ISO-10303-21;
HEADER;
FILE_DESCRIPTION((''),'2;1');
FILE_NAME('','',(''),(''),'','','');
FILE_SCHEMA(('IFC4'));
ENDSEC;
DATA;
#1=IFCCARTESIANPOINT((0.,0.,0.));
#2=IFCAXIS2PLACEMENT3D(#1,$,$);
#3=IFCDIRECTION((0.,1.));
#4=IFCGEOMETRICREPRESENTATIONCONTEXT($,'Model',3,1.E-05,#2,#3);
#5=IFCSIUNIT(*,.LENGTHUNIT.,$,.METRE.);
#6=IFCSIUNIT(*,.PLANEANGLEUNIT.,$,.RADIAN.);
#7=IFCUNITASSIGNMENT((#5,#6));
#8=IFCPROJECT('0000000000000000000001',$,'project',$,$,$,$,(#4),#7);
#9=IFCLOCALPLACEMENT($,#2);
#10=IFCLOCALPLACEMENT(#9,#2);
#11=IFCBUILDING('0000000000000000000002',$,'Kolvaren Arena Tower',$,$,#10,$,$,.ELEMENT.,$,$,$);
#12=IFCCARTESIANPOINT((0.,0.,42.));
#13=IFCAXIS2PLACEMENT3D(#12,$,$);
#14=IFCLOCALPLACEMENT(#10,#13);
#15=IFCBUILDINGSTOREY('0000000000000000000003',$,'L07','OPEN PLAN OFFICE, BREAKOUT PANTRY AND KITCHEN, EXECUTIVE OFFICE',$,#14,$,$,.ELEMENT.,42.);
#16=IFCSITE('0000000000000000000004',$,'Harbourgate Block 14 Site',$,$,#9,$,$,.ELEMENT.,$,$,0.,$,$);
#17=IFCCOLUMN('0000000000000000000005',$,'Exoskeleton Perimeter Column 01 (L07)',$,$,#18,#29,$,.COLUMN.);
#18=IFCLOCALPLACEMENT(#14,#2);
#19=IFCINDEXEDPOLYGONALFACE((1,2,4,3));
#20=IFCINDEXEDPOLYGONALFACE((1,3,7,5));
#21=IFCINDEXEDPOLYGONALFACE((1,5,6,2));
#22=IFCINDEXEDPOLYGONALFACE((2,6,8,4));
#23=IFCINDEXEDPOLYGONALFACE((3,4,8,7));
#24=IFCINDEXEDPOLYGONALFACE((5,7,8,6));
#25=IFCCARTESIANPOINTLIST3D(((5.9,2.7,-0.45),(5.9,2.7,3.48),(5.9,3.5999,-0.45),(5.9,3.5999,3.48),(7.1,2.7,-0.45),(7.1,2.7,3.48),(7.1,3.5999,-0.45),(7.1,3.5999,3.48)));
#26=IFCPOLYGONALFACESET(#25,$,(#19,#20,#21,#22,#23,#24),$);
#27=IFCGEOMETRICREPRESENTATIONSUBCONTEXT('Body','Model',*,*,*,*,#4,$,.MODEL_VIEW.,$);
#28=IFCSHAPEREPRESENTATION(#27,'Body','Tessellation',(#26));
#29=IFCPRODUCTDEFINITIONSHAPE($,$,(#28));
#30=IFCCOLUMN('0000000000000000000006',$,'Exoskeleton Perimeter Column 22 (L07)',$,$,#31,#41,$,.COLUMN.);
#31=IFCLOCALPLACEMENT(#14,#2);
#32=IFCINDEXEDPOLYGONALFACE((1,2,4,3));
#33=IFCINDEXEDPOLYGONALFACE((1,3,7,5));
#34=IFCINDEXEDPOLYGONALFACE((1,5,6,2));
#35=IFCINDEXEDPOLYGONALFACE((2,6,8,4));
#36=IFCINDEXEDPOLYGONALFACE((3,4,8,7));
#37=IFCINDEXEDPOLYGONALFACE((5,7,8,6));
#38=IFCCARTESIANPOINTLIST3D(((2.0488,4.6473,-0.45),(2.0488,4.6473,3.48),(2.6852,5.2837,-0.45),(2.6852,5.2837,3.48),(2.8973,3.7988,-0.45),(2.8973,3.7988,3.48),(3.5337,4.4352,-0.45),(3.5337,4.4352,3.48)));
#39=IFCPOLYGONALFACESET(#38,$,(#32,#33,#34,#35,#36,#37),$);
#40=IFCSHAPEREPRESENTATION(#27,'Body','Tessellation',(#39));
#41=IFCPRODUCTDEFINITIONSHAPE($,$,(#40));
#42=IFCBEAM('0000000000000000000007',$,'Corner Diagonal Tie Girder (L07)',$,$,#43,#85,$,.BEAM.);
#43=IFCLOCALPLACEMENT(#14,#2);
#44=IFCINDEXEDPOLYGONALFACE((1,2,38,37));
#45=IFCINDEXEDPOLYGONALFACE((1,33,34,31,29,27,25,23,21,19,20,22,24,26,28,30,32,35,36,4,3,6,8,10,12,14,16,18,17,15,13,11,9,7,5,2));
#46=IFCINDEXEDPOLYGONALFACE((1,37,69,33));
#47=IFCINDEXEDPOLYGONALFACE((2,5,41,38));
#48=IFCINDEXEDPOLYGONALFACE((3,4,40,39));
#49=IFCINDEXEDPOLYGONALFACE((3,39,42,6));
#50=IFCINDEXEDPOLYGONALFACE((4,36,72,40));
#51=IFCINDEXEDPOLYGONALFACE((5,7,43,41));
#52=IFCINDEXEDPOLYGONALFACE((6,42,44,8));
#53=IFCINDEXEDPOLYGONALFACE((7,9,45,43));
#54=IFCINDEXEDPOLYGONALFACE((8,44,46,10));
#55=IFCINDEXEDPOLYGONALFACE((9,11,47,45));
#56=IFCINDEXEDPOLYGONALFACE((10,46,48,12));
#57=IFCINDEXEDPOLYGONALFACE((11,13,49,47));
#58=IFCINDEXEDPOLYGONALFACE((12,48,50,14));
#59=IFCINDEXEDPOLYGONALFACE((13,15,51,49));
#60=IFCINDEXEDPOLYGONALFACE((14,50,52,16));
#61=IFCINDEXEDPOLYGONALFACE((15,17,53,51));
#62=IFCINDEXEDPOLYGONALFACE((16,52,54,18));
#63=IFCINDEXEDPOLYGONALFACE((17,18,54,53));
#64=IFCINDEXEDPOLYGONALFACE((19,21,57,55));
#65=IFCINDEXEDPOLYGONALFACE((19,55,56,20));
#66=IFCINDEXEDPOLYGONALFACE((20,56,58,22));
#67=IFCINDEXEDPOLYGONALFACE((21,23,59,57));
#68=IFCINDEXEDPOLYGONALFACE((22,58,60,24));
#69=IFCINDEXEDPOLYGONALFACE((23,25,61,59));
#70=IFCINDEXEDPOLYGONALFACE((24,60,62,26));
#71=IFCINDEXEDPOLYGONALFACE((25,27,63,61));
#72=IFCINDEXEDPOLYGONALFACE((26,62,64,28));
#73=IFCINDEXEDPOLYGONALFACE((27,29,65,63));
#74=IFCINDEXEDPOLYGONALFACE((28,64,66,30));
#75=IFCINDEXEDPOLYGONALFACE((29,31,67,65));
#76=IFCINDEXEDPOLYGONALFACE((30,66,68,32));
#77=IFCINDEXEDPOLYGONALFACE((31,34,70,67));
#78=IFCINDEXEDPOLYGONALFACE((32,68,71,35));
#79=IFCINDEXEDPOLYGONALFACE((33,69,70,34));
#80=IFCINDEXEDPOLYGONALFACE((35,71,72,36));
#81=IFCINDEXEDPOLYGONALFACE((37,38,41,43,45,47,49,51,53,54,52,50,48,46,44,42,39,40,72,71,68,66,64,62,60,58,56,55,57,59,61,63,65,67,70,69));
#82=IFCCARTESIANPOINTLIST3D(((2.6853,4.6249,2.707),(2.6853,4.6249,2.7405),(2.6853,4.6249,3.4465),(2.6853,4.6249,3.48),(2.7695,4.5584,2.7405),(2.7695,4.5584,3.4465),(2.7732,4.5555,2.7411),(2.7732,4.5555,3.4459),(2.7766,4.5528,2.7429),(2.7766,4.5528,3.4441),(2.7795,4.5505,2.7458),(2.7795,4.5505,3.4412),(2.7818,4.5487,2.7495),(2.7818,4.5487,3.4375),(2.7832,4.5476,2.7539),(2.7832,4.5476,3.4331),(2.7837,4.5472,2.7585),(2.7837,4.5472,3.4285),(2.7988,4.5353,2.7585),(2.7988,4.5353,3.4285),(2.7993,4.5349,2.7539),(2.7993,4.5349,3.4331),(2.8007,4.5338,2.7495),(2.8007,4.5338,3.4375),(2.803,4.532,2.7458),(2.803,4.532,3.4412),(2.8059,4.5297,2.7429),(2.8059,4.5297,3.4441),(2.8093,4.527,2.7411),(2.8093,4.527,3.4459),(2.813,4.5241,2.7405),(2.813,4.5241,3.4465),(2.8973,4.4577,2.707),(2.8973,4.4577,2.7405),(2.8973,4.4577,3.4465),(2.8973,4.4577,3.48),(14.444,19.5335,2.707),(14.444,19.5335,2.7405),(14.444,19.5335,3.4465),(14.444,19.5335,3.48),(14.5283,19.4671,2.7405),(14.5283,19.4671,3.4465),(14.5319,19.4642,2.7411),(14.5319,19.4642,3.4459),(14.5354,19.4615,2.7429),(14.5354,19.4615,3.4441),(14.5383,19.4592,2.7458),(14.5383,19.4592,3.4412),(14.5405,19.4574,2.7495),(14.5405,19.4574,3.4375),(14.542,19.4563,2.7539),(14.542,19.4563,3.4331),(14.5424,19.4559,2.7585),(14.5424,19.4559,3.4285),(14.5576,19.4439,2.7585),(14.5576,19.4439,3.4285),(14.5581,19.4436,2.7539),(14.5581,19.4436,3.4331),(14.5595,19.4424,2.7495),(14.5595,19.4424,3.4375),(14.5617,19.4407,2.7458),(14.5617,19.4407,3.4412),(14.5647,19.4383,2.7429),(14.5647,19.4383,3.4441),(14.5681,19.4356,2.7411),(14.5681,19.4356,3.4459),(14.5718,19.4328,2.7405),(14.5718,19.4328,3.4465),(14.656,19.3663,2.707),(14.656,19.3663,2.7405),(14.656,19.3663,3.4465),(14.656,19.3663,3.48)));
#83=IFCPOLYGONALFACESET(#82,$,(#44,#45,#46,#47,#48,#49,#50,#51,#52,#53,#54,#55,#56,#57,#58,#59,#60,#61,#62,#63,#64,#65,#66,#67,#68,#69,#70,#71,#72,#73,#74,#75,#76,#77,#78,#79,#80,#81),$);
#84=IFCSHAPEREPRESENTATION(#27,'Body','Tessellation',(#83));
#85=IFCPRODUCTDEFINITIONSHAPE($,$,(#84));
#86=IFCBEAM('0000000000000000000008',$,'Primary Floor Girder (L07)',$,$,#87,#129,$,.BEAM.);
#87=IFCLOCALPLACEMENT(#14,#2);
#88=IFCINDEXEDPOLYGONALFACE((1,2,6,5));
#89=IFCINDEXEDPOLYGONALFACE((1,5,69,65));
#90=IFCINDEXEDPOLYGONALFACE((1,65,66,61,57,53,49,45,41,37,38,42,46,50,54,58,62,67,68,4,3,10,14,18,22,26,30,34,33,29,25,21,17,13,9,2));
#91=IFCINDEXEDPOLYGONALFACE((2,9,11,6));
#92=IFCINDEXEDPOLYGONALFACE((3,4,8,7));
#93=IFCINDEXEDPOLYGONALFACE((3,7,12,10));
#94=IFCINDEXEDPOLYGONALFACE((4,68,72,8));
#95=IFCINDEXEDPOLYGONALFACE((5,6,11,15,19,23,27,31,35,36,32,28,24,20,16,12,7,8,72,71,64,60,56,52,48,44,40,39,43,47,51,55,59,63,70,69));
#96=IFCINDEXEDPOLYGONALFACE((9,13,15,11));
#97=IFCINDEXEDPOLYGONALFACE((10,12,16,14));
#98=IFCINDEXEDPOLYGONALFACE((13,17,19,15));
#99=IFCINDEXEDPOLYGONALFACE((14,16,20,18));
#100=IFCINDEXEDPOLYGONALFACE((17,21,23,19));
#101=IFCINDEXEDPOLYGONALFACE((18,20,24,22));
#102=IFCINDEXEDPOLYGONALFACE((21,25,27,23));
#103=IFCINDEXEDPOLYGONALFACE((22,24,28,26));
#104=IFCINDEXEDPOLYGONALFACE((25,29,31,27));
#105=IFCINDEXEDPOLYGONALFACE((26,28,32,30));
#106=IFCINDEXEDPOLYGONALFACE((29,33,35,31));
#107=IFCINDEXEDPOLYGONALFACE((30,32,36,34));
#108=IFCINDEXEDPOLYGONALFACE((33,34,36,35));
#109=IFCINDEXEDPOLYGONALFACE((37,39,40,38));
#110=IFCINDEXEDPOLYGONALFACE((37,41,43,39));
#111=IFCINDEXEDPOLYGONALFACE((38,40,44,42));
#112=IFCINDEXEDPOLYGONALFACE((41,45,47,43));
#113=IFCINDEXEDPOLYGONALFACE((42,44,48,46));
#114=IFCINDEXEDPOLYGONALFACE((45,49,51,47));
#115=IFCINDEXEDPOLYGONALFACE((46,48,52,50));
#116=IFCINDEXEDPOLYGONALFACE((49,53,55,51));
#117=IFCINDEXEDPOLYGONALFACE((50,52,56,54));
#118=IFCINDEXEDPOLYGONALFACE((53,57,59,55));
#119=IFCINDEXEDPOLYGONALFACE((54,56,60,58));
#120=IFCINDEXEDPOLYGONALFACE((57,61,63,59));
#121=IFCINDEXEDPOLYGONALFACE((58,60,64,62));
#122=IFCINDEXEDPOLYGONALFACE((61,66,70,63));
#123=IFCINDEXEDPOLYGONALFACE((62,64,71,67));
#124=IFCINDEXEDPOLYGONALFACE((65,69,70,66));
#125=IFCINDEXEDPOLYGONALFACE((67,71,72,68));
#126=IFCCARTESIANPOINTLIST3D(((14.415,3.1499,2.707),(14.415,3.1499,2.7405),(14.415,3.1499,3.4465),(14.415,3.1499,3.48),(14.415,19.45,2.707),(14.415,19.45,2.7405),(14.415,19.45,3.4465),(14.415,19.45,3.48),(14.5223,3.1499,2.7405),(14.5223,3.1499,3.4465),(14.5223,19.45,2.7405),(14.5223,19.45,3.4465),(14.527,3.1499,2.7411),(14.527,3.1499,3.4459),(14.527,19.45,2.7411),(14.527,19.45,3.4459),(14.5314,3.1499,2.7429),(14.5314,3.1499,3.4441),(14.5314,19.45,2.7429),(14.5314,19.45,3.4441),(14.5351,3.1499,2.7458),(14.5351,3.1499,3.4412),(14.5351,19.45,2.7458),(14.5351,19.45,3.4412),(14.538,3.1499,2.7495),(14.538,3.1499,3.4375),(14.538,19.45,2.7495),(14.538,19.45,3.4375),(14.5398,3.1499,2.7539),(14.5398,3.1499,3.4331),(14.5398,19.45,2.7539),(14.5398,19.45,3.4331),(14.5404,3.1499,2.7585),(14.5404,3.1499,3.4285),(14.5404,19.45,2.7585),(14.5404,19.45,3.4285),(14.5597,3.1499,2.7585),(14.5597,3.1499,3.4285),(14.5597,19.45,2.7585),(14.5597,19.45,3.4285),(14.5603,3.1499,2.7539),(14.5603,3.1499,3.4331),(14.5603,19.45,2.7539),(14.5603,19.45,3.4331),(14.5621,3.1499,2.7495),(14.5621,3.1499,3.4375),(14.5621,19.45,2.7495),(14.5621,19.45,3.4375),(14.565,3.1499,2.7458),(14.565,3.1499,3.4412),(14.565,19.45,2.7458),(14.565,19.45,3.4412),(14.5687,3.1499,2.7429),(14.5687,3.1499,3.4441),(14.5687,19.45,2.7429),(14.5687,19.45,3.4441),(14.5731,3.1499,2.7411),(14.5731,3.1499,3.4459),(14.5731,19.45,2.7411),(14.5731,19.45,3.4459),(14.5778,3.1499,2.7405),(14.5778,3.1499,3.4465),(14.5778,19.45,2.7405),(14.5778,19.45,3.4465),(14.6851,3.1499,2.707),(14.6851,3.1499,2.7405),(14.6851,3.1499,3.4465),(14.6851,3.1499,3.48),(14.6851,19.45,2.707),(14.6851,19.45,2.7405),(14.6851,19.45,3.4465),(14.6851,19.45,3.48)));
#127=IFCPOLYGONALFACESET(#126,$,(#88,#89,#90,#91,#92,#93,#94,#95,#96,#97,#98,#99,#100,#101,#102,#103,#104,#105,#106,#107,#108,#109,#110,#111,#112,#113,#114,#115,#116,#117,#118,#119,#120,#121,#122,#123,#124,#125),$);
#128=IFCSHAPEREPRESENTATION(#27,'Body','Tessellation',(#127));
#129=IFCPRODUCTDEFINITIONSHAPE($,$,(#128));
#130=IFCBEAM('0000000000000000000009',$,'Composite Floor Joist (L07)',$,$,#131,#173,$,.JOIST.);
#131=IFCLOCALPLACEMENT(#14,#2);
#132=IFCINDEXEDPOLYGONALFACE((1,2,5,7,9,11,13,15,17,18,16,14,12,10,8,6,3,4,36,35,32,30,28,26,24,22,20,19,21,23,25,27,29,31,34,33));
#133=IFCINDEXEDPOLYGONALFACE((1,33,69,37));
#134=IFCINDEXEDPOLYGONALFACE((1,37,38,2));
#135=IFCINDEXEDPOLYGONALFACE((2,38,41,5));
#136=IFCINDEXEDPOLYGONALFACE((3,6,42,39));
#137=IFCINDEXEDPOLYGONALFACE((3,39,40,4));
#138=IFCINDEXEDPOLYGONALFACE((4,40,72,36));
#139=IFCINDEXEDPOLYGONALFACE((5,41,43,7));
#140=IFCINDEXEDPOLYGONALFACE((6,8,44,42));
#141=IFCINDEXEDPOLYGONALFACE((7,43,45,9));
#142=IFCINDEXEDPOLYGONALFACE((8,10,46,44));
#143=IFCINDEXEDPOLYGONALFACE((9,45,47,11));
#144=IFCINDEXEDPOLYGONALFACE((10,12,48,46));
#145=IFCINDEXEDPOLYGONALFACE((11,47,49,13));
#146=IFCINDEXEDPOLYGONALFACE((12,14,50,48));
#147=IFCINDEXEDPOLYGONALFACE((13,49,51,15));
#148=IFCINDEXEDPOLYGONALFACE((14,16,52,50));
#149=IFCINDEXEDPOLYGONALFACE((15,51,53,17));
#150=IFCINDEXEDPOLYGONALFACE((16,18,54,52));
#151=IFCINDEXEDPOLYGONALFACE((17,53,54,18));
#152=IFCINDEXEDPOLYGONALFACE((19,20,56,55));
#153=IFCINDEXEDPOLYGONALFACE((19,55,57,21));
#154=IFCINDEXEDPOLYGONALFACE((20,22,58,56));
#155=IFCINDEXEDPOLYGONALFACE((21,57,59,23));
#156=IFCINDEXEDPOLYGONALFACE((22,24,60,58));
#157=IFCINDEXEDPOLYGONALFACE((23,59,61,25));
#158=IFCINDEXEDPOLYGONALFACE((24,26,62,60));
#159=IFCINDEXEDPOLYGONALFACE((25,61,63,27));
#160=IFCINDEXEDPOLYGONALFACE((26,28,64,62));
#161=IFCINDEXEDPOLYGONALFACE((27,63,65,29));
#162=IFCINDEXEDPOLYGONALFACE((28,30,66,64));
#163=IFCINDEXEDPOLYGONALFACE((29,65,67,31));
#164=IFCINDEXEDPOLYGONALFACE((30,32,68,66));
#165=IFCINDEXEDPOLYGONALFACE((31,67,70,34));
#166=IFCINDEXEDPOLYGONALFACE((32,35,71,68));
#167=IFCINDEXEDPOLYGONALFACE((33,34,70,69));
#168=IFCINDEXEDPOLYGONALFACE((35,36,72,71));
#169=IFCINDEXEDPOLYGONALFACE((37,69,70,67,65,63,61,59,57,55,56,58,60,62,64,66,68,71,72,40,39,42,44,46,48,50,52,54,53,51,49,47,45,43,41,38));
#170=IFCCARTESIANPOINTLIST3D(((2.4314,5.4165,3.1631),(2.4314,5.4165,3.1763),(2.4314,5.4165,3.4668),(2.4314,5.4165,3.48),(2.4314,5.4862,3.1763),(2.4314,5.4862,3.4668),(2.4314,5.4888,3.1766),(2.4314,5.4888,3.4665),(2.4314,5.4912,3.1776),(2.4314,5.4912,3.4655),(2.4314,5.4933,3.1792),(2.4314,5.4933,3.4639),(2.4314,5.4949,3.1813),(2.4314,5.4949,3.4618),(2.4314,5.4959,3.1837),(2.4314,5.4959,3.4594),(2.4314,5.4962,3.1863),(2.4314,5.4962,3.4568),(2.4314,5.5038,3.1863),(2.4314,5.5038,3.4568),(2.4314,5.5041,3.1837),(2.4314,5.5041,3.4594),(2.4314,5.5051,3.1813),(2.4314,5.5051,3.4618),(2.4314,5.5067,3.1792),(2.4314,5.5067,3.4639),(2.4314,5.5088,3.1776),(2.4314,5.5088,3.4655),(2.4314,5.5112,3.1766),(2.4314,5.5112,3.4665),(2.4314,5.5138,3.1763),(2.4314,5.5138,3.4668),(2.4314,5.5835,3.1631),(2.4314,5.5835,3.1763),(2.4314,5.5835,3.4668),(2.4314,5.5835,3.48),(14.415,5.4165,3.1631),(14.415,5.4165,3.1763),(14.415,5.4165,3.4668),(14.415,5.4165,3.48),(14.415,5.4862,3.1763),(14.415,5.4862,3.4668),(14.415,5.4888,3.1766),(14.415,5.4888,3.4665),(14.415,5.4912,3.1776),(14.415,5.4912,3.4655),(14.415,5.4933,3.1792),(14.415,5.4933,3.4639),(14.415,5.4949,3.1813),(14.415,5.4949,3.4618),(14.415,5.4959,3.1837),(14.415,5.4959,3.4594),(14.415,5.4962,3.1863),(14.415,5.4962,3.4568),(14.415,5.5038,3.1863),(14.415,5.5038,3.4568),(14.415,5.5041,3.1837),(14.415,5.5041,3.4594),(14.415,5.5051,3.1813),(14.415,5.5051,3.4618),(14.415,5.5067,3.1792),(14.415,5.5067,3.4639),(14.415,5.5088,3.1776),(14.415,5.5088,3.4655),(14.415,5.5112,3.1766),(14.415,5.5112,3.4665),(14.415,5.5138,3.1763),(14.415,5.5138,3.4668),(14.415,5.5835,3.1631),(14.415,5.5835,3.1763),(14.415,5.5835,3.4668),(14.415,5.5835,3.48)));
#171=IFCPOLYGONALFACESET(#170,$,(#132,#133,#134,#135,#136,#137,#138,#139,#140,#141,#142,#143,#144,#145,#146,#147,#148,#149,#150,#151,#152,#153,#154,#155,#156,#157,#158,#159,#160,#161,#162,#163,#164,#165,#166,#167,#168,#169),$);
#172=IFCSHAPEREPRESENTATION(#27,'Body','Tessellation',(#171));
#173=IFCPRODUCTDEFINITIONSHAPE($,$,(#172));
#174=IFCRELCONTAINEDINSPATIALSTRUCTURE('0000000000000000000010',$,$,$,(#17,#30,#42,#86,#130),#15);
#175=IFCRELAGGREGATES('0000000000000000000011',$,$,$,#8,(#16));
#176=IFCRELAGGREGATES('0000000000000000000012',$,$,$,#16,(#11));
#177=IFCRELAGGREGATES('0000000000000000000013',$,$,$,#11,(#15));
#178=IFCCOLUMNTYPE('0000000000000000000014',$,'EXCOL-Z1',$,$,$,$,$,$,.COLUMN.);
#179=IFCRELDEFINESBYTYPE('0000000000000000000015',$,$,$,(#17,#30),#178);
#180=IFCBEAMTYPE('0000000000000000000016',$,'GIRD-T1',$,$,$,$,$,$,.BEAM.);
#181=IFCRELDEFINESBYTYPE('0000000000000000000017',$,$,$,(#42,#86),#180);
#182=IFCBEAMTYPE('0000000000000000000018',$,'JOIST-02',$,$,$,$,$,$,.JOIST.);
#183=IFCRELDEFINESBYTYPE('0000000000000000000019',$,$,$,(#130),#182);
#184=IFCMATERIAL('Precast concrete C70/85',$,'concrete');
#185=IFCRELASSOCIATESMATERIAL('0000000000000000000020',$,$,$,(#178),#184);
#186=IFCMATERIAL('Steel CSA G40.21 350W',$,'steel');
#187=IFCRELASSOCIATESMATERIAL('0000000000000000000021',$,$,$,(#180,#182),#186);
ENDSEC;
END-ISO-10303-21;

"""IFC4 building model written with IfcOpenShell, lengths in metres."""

from ifc_helpers import new_model, si_unit, direction, frame, origin, origin_2d, place, context, subcontext, project, spatial, rectangle, i_section, extrude, material, material_profile, profile_set, type_object, element, save


model = new_model("IFC4")

# Units and contexts
model_context = context("Model", 3, precision=1e-05, world=origin(), true_north=direction((0.0, 1.0)))
body_context = subcontext(model_context, "Body", "Model", "MODEL_VIEW")
ifc_project = project(units=[si_unit("LENGTHUNIT", "METRE"), si_unit("PLANEANGLEUNIT", "RADIAN")], contexts=[model_context])

# Site, building, storey
site_placement = place(None, origin())
site = spatial("IfcSite", under=ifc_project, at=site_placement, Name="Harbourgate Block 14 Site", CompositionType="ELEMENT", RefElevation=0.0)
building_placement = place(site_placement, origin())
building = spatial("IfcBuilding", under=site, at=building_placement, Name="Kolvaren Arena Tower", CompositionType="ELEMENT")
storey_placement = place(building_placement, frame((0.0, 0.0, 42.0)))
storey = spatial("IfcBuildingStorey", under=building, at=storey_placement, Name="L07", Description="OPEN PLAN OFFICE, BREAKOUT PANTRY AND KITCHEN, EXECUTIVE OFFICE", CompositionType="ELEMENT", Elevation=42.0)

# Columns
ifc_material_1 = material(Name="Precast concrete C70/85", Category="concrete")
ifc_material_profile_1 = material_profile(ifc_material_1, rectangle(XDim=1.2, YDim=0.8999, at=origin_2d()), Name="RC-1200x900")
ifc_profile_set_1 = profile_set([ifc_material_profile_1], Name="Precast concrete C70/85")
column_type = type_object("IfcColumnType", Name="EXCOL-Z1", PredefinedType="COLUMN", material=ifc_profile_set_1)
for number, where, z_axis, x_axis, name in (
    (1, (6.5, 3.1499, -0.45), (0.0, 0.0, 1.0), (1.0, 0.0, 0.0), "Exoskeleton Perimeter Column 01 (L07)"),
    (2, (2.7913, 4.5413, -0.45), (0.0, 0.0, 1.0), (-0.707107, 0.707107, 0.0), "Exoskeleton Perimeter Column 22 (L07)"),
):
    element("IfcColumn", number, at=place(storey_placement, frame(where, z_axis=z_axis, x_axis=x_axis)), inside=storey, type_object=column_type, Name=name, PredefinedType="COLUMN", context=body_context, shape_type="SweptSolid", body=[
        extrude(rectangle(XDim=1.2, YDim=0.8999, at=origin_2d()), origin(), (0.0, 0.0, 1.0), 3.9299),
    ])

# Beams
ifc_material_2 = material(Name="Steel CSA G40.21 350W", Category="steel")
ifc_material_profile_2 = material_profile(ifc_material_2, i_section(OverallWidth=0.27, OverallDepth=0.7729, WebThickness=0.0193, FlangeThickness=0.0334, FilletRadius=0.0181, at=origin_2d()), Name="W760x257")
ifc_profile_set_2 = profile_set([ifc_material_profile_2], Name="Steel CSA G40.21 350W")
beam_type_1 = type_object("IfcBeamType", Name="GIRD-T1", PredefinedType="BEAM", material=ifc_profile_set_2)
beam_1_placement = place(storey_placement, frame((2.7913, 4.5413, 3.0935), z_axis=(0.61928, 0.78517, 0.0), x_axis=(-0.78517, 0.61928, 0.0)))
element("IfcBeam", 3, at=beam_1_placement, inside=storey, type_object=beam_type_1, Name="Corner Diagonal Tie Girder (L07)", PredefinedType="BEAM", context=body_context, shape_type="SweptSolid", body=[
    extrude(i_section(OverallWidth=0.27, OverallDepth=0.7729, WebThickness=0.0193, FlangeThickness=0.0334, FilletRadius=0.0181, at=origin_2d()), origin(), (0.0, 0.0, 1.0), 18.9878),
])
beam_2_placement = place(storey_placement, frame((14.55, 3.1499, 3.0935), z_axis=(0.0, 1.0, 0.0), x_axis=(-1.0, 0.0, 0.0)))
element("IfcBeam", 4, at=beam_2_placement, inside=storey, type_object=beam_type_1, Name="Primary Floor Girder (L07)", PredefinedType="BEAM", context=body_context, shape_type="SweptSolid", body=[
    extrude(i_section(OverallWidth=0.27, OverallDepth=0.7729, WebThickness=0.0193, FlangeThickness=0.0334, FilletRadius=0.0181, at=origin_2d()), origin(), (0.0, 0.0, 1.0), 16.3),
])
ifc_material_profile_3 = material_profile(ifc_material_2, i_section(OverallWidth=0.167, OverallDepth=0.3169, WebThickness=0.0076, FlangeThickness=0.0132, FilletRadius=0.01, at=origin_2d()), Name="W310x52")
ifc_profile_set_3 = profile_set([ifc_material_profile_3], Name="Steel CSA G40.21 350W")
beam_type_2 = type_object("IfcBeamType", Name="JOIST-02", PredefinedType="JOIST", material=ifc_profile_set_3)
beam_3_placement = place(storey_placement, frame((2.4314, 5.5, 3.3215), z_axis=(1.0, 0.0, 0.0), x_axis=(0.0, 1.0, 0.0)))
element("IfcBeam", 5, at=beam_3_placement, inside=storey, type_object=beam_type_2, Name="Composite Floor Joist (L07)", PredefinedType="JOIST", context=body_context, shape_type="SweptSolid", body=[
    extrude(i_section(OverallWidth=0.167, OverallDepth=0.3169, WebThickness=0.0076, FlangeThickness=0.0132, FilletRadius=0.01, at=origin_2d()), origin(), (0.0, 0.0, 1.0), 11.9836),
])

save(model, "model.ifc")
